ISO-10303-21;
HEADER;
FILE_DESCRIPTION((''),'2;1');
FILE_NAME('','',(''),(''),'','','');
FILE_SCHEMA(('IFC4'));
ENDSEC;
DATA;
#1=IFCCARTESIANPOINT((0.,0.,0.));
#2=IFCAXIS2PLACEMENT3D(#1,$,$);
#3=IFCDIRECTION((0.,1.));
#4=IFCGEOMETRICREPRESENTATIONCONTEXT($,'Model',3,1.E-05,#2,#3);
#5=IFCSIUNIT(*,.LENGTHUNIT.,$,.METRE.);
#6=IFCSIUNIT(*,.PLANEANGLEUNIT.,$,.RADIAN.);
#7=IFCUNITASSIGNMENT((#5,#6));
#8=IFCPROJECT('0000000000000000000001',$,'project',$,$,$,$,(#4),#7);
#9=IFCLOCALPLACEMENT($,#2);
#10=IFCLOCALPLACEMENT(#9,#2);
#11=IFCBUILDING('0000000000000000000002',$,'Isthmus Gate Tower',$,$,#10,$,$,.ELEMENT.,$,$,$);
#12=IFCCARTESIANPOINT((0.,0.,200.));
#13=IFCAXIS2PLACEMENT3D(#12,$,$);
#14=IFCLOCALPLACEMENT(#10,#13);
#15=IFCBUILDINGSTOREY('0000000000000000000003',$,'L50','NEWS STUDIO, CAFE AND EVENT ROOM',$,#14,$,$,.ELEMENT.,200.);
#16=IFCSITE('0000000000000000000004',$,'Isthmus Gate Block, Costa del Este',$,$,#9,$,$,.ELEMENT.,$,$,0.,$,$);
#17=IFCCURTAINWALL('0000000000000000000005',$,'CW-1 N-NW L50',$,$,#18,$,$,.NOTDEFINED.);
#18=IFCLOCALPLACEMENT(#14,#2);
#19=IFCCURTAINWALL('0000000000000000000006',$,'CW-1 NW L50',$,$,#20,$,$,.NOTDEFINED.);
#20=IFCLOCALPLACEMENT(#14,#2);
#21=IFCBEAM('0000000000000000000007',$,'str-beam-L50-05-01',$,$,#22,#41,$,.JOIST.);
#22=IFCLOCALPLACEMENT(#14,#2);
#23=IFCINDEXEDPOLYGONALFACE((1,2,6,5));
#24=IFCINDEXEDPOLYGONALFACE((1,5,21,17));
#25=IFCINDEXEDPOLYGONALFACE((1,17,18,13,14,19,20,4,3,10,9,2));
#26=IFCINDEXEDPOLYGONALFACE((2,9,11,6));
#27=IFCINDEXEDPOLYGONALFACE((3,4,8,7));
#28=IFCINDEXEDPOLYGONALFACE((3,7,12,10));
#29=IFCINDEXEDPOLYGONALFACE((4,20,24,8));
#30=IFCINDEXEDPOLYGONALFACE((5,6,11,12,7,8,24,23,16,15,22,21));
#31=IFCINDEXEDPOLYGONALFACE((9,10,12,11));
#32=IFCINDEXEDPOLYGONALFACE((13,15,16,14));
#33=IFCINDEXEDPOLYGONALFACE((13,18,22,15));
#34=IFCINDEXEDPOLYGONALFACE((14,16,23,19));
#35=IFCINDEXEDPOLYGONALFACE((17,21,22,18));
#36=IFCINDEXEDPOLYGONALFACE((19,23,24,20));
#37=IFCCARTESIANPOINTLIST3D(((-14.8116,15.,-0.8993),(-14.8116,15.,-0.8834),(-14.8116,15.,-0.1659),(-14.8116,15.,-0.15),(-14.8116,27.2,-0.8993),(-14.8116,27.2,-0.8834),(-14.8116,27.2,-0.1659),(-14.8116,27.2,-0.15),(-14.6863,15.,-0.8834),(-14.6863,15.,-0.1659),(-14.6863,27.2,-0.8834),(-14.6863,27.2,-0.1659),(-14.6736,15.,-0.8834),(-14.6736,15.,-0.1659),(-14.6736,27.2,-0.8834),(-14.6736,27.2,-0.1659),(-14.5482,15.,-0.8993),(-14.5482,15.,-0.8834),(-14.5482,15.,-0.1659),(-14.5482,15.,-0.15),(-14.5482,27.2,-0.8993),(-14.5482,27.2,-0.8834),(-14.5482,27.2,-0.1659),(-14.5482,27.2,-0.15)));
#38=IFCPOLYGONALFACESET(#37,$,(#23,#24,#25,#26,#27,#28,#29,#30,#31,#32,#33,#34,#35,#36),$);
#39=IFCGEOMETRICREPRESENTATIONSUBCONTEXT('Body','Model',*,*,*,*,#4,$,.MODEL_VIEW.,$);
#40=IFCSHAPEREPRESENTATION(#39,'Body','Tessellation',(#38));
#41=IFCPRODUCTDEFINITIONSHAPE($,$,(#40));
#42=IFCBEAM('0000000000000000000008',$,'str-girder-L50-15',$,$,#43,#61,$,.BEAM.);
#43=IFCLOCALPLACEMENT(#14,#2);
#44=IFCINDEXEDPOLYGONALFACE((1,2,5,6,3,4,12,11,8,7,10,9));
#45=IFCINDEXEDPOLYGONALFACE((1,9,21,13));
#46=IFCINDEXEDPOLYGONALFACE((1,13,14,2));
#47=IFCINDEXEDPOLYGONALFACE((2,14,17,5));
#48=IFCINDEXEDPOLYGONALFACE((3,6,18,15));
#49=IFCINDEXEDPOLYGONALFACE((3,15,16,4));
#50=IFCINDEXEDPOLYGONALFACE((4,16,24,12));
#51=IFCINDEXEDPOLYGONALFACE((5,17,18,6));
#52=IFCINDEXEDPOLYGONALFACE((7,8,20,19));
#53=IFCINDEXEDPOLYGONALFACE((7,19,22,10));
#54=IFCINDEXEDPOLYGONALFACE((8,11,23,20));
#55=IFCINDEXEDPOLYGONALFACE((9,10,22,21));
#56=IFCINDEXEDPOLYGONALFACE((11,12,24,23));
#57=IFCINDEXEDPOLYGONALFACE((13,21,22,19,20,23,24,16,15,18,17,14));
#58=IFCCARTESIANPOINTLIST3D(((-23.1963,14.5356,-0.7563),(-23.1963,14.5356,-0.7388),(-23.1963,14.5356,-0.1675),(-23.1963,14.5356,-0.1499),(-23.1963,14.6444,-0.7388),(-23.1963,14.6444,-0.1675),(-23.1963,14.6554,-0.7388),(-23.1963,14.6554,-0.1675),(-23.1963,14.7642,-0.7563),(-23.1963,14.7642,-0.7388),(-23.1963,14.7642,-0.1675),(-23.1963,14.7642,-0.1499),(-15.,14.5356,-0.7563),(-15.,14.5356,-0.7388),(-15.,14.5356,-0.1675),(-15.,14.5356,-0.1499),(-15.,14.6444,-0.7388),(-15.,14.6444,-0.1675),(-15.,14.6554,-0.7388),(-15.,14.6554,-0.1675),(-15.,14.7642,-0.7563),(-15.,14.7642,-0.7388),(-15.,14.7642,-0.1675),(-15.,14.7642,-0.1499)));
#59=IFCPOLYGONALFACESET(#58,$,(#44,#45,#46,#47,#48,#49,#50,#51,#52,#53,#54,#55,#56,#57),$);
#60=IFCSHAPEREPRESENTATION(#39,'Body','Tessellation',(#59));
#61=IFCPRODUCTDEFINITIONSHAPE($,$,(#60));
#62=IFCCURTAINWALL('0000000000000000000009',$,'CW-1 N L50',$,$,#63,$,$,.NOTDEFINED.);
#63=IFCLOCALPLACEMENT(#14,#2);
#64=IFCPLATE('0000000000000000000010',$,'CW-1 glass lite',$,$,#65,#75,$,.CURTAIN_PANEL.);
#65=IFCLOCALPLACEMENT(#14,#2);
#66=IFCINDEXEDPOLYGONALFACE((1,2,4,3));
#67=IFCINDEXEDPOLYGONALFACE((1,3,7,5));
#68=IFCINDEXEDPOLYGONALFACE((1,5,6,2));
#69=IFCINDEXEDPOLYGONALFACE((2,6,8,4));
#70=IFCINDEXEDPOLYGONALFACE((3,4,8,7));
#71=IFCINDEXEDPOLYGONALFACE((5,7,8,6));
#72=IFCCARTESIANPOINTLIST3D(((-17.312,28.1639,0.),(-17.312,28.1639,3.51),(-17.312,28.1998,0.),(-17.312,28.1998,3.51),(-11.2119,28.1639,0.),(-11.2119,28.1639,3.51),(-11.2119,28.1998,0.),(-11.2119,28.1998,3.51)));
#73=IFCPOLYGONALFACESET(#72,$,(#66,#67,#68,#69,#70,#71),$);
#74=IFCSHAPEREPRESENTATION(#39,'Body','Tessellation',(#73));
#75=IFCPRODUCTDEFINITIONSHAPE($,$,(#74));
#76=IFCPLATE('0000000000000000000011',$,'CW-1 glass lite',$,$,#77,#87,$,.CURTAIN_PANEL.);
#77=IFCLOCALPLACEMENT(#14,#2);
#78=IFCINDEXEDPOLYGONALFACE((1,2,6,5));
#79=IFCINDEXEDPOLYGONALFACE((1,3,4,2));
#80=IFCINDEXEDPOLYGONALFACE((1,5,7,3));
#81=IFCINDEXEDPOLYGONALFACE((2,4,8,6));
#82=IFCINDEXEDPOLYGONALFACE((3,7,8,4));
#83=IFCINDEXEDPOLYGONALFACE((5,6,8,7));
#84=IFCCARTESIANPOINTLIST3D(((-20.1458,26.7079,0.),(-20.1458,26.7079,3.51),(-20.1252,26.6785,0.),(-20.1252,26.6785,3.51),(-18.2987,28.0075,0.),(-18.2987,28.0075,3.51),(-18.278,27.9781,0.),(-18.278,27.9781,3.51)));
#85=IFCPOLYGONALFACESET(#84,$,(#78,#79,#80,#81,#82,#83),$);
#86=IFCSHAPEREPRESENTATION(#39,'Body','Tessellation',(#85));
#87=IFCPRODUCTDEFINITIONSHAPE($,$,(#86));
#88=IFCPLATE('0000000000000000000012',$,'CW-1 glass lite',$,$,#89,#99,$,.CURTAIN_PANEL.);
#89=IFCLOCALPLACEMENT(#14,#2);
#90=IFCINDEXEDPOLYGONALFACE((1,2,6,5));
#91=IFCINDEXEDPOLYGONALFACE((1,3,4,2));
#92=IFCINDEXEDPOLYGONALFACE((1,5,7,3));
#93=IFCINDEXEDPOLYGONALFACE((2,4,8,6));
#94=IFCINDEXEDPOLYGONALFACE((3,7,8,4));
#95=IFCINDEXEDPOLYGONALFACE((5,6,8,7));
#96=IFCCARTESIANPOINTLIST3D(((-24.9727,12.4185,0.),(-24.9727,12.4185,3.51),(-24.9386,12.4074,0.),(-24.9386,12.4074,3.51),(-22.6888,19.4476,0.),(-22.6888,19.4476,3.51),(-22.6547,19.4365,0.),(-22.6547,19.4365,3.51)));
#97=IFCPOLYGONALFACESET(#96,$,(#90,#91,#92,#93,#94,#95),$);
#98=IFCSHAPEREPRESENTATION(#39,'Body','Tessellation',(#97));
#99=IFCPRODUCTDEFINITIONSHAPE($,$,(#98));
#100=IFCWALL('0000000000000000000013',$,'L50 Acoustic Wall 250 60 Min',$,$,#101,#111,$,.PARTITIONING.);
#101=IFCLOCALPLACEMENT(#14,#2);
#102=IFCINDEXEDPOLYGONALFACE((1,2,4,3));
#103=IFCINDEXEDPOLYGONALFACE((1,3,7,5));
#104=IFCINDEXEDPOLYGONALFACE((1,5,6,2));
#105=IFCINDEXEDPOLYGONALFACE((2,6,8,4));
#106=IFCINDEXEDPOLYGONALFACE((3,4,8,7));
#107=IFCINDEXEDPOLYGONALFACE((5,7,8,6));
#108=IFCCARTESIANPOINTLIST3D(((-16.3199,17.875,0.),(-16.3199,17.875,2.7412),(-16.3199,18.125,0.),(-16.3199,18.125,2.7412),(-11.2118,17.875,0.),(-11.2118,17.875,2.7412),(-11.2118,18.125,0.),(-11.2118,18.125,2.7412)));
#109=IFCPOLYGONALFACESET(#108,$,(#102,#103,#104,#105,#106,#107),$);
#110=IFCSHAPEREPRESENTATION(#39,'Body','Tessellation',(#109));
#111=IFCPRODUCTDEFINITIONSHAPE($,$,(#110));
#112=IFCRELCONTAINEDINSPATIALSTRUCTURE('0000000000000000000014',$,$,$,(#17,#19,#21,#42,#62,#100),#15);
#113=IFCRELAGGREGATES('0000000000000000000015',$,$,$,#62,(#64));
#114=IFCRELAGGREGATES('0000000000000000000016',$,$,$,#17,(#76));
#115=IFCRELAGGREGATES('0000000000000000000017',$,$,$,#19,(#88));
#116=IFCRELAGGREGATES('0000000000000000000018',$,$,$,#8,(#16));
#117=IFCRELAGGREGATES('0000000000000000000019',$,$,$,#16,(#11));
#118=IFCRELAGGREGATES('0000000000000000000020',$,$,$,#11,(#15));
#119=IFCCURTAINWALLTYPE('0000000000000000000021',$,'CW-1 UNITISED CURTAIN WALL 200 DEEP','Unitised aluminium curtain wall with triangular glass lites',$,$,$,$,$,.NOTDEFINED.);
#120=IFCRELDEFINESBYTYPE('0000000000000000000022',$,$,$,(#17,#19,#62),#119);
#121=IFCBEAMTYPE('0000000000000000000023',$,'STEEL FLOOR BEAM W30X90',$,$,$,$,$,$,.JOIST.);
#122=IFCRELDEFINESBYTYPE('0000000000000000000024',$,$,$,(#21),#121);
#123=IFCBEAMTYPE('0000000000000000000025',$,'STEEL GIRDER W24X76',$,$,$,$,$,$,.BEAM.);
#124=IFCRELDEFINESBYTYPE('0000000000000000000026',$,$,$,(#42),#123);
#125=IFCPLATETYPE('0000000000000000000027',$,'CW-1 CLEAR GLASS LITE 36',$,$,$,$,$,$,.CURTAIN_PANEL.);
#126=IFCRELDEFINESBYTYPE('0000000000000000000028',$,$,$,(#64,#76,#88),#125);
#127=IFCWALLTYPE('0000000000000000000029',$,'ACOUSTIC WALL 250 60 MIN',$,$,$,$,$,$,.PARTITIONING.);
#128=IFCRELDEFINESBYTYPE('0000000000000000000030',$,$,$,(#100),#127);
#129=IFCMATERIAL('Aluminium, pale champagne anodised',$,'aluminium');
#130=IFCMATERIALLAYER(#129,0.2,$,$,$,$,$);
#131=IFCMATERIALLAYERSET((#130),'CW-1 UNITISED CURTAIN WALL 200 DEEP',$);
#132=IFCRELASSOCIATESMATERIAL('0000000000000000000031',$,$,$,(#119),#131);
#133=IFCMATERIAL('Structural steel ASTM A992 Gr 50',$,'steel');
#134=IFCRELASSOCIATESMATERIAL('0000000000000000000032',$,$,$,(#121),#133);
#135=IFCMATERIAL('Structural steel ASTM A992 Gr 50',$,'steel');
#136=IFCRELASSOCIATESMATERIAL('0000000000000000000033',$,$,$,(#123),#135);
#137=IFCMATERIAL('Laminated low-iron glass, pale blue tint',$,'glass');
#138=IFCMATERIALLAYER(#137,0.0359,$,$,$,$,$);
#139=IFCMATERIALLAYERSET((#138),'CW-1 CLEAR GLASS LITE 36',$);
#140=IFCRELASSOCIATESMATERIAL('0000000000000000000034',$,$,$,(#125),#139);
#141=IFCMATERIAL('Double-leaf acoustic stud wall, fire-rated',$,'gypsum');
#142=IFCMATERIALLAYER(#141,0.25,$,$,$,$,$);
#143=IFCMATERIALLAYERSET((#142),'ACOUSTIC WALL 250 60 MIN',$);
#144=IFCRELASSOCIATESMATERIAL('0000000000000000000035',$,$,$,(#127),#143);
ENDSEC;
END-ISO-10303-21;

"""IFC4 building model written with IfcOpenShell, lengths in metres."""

from ifc_helpers import new_model, si_unit, direction, frame, frame_2d, origin, origin_2d, place, context, subcontext, project, spatial, rectangle, i_section, extrude, material, layer, layer_set, material_profile, profile_set, type_object, element, aggregate, save


model = new_model("IFC4")

# Units and contexts
model_context = context("Model", 3, precision=1e-05, world=origin(), true_north=direction((0.0, 1.0)))
body_context = subcontext(model_context, "Body", "Model", "MODEL_VIEW")
ifc_project = project(units=[si_unit("LENGTHUNIT", "METRE"), si_unit("PLANEANGLEUNIT", "RADIAN")], contexts=[model_context])

# Site, building, storey
site_placement = place(None, origin())
site = spatial("IfcSite", under=ifc_project, at=site_placement, Name="Isthmus Gate Block, Costa del Este", CompositionType="ELEMENT", RefElevation=0.0)
building_placement = place(site_placement, origin())
building = spatial("IfcBuilding", under=site, at=building_placement, Name="Isthmus Gate Tower", CompositionType="ELEMENT")
storey_placement = place(building_placement, frame((0.0, 0.0, 200.0)))
storey = spatial("IfcBuildingStorey", under=building, at=storey_placement, Name="L50", Description="NEWS STUDIO, CAFE AND EVENT ROOM", CompositionType="ELEMENT", Elevation=200.0)

# Curtain walls
ifc_material_1 = material(Name="Aluminium, pale champagne anodised", Category="aluminium")
ifc_layer_1 = layer(ifc_material_1, 0.2)
ifc_layer_set_1 = layer_set([ifc_layer_1], Name="CW-1 UNITISED CURTAIN WALL 200 DEEP")
curtain_wall_type = type_object("IfcCurtainWallType", Name="CW-1 UNITISED CURTAIN WALL 200 DEEP", Description="Unitised aluminium curtain wall with triangular glass lites", PredefinedType="NOTDEFINED", material=ifc_layer_set_1)
curtain_wall_1_placement = place(storey_placement, origin())
curtain_wall_1 = element("IfcCurtainWall", 1, at=curtain_wall_1_placement, inside=storey, type_object=curtain_wall_type, Name="CW-1 N-NW L50", PredefinedType="NOTDEFINED")
curtain_wall_2_placement = place(storey_placement, origin())
curtain_wall_2 = element("IfcCurtainWall", 2, at=curtain_wall_2_placement, inside=storey, type_object=curtain_wall_type, Name="CW-1 NW L50", PredefinedType="NOTDEFINED")

# Beams
ifc_material_2 = material(Name="Structural steel ASTM A992 Gr 50", Category="steel")
ifc_material_profile_1 = material_profile(ifc_material_2, i_section(OverallWidth=0.2634, OverallDepth=0.7493, WebThickness=0.0127, FlangeThickness=0.0159, at=origin_2d()), Name="W30X90")
ifc_profile_set_1 = profile_set([ifc_material_profile_1], Name="Structural steel ASTM A992 Gr 50")
beam_type_1 = type_object("IfcBeamType", Name="STEEL FLOOR BEAM W30X90", PredefinedType="JOIST", material=ifc_profile_set_1)
beam_1_placement = place(storey_placement, frame((-14.6799, 15.0, -0.5247), z_axis=(0.0, 1.0, 0.0), x_axis=(-1.0, 0.0, 0.0)))
element("IfcBeam", 3, at=beam_1_placement, inside=storey, type_object=beam_type_1, Name="str-beam-L50-05-01", PredefinedType="JOIST", context=body_context, shape_type="SweptSolid", body=[
    extrude(i_section(OverallWidth=0.2634, OverallDepth=0.7493, WebThickness=0.0127, FlangeThickness=0.0159, at=origin_2d()), origin(), (0.0, 0.0, 1.0), 12.2),
])
ifc_material_3 = material(Name="Structural steel ASTM A992 Gr 50", Category="steel")
ifc_material_profile_2 = material_profile(ifc_material_3, i_section(OverallWidth=0.2285, OverallDepth=0.6064, WebThickness=0.011, FlangeThickness=0.0176, at=origin_2d()), Name="W24X76")
ifc_profile_set_2 = profile_set([ifc_material_profile_2], Name="Structural steel ASTM A992 Gr 50")
beam_type_2 = type_object("IfcBeamType", Name="STEEL GIRDER W24X76", PredefinedType="BEAM", material=ifc_profile_set_2)
beam_2_placement = place(storey_placement, frame((-15.0, 14.6499, -0.4531), z_axis=(-1.0, 0.0, 0.0), x_axis=(0.0, -1.0, 0.0)))
element("IfcBeam", 4, at=beam_2_placement, inside=storey, type_object=beam_type_2, Name="str-girder-L50-15", PredefinedType="BEAM", context=body_context, shape_type="SweptSolid", body=[
    extrude(i_section(OverallWidth=0.2285, OverallDepth=0.6064, WebThickness=0.011, FlangeThickness=0.0176, at=origin_2d()), origin(), (0.0, 0.0, 1.0), 8.1963),
])

# Curtain wall, plate
curtain_wall_3_placement = place(storey_placement, origin())
curtain_wall_3 = element("IfcCurtainWall", 5, at=curtain_wall_3_placement, inside=storey, type_object=curtain_wall_type, Name="CW-1 N L50", PredefinedType="NOTDEFINED")
ifc_material_4 = material(Name="Laminated low-iron glass, pale blue tint", Category="glass")
ifc_layer_2 = layer(ifc_material_4, 0.0359)
ifc_layer_set_2 = layer_set([ifc_layer_2], Name="CW-1 CLEAR GLASS LITE 36")
plate_type = type_object("IfcPlateType", Name="CW-1 CLEAR GLASS LITE 36", PredefinedType="CURTAIN_PANEL", material=ifc_layer_set_2)
plate_1_placement = place(storey_placement, frame((-14.262, 28.1819, 0.0), z_axis=(0.0, 0.0, 1.0), x_axis=(-1.0, 0.0, 0.0)))
plate_1 = element("IfcPlate", 6, at=plate_1_placement, type_object=plate_type, Name="CW-1 glass lite", PredefinedType="CURTAIN_PANEL", context=body_context, shape_type="SweptSolid", body=[
    extrude(rectangle(XDim=6.1001, YDim=0.0359, at=origin_2d()), origin(), (0.0, 0.0, 1.0), 3.51),
])
aggregate(curtain_wall_3, [plate_1])

# Plates
plate_2_placement = place(storey_placement, frame((-19.2119, 27.343, 0.0), z_axis=(0.0, 0.0, 1.0), x_axis=(-0.81786, -0.575418, 0.0)))
plate_2 = element("IfcPlate", 7, at=plate_2_placement, type_object=plate_type, Name="CW-1 glass lite", PredefinedType="CURTAIN_PANEL", context=body_context, shape_type="SweptSolid", body=[
    extrude(rectangle(XDim=2.2585, YDim=0.0359, at=origin_2d()), origin(), (0.0, 0.0, 1.0), 3.51),
])
aggregate(curtain_wall_1, [plate_2])
plate_3_placement = place(storey_placement, frame((-23.8137, 15.9275, 0.0), z_axis=(0.0, 0.0, 1.0), x_axis=(-0.309017, -0.951057, 0.0)))
plate_3 = element("IfcPlate", 8, at=plate_3_placement, type_object=plate_type, Name="CW-1 glass lite", PredefinedType="CURTAIN_PANEL", context=body_context, shape_type="SweptSolid", body=[
    extrude(rectangle(XDim=7.3909, YDim=0.0359, at=origin_2d()), origin(), (0.0, 0.0, 1.0), 3.51),
])

# Wall
ifc_material_5 = material(Name="Double-leaf acoustic stud wall, fire-rated", Category="gypsum")
ifc_layer_3 = layer(ifc_material_5, 0.25)
ifc_layer_set_3 = layer_set([ifc_layer_3], Name="ACOUSTIC WALL 250 60 MIN")
wall_type_1 = type_object("IfcWallType", Name="ACOUSTIC WALL 250 60 MIN", PredefinedType="PARTITIONING", material=ifc_layer_set_3)
wall_1_placement = place(storey_placement, frame((-16.3201, 18.0, 0.0), z_axis=(0.0, 0.0, 1.0), x_axis=(1.0, 0.0, 0.0)))
element("IfcWall", 9, at=wall_1_placement, inside=storey, type_object=wall_type_1, Name="L50 Acoustic Wall 250 60 Min", PredefinedType="PARTITIONING", context=body_context, shape_type="SweptSolid", body=[
    extrude(rectangle(XDim=5.1082, YDim=0.25, at=frame_2d((2.5542, 0.0))), origin(), (0.0, 0.0, 1.0), 2.7412),
])

aggregate(curtain_wall_2, [plate_3])

save(model, "model.ifc")
